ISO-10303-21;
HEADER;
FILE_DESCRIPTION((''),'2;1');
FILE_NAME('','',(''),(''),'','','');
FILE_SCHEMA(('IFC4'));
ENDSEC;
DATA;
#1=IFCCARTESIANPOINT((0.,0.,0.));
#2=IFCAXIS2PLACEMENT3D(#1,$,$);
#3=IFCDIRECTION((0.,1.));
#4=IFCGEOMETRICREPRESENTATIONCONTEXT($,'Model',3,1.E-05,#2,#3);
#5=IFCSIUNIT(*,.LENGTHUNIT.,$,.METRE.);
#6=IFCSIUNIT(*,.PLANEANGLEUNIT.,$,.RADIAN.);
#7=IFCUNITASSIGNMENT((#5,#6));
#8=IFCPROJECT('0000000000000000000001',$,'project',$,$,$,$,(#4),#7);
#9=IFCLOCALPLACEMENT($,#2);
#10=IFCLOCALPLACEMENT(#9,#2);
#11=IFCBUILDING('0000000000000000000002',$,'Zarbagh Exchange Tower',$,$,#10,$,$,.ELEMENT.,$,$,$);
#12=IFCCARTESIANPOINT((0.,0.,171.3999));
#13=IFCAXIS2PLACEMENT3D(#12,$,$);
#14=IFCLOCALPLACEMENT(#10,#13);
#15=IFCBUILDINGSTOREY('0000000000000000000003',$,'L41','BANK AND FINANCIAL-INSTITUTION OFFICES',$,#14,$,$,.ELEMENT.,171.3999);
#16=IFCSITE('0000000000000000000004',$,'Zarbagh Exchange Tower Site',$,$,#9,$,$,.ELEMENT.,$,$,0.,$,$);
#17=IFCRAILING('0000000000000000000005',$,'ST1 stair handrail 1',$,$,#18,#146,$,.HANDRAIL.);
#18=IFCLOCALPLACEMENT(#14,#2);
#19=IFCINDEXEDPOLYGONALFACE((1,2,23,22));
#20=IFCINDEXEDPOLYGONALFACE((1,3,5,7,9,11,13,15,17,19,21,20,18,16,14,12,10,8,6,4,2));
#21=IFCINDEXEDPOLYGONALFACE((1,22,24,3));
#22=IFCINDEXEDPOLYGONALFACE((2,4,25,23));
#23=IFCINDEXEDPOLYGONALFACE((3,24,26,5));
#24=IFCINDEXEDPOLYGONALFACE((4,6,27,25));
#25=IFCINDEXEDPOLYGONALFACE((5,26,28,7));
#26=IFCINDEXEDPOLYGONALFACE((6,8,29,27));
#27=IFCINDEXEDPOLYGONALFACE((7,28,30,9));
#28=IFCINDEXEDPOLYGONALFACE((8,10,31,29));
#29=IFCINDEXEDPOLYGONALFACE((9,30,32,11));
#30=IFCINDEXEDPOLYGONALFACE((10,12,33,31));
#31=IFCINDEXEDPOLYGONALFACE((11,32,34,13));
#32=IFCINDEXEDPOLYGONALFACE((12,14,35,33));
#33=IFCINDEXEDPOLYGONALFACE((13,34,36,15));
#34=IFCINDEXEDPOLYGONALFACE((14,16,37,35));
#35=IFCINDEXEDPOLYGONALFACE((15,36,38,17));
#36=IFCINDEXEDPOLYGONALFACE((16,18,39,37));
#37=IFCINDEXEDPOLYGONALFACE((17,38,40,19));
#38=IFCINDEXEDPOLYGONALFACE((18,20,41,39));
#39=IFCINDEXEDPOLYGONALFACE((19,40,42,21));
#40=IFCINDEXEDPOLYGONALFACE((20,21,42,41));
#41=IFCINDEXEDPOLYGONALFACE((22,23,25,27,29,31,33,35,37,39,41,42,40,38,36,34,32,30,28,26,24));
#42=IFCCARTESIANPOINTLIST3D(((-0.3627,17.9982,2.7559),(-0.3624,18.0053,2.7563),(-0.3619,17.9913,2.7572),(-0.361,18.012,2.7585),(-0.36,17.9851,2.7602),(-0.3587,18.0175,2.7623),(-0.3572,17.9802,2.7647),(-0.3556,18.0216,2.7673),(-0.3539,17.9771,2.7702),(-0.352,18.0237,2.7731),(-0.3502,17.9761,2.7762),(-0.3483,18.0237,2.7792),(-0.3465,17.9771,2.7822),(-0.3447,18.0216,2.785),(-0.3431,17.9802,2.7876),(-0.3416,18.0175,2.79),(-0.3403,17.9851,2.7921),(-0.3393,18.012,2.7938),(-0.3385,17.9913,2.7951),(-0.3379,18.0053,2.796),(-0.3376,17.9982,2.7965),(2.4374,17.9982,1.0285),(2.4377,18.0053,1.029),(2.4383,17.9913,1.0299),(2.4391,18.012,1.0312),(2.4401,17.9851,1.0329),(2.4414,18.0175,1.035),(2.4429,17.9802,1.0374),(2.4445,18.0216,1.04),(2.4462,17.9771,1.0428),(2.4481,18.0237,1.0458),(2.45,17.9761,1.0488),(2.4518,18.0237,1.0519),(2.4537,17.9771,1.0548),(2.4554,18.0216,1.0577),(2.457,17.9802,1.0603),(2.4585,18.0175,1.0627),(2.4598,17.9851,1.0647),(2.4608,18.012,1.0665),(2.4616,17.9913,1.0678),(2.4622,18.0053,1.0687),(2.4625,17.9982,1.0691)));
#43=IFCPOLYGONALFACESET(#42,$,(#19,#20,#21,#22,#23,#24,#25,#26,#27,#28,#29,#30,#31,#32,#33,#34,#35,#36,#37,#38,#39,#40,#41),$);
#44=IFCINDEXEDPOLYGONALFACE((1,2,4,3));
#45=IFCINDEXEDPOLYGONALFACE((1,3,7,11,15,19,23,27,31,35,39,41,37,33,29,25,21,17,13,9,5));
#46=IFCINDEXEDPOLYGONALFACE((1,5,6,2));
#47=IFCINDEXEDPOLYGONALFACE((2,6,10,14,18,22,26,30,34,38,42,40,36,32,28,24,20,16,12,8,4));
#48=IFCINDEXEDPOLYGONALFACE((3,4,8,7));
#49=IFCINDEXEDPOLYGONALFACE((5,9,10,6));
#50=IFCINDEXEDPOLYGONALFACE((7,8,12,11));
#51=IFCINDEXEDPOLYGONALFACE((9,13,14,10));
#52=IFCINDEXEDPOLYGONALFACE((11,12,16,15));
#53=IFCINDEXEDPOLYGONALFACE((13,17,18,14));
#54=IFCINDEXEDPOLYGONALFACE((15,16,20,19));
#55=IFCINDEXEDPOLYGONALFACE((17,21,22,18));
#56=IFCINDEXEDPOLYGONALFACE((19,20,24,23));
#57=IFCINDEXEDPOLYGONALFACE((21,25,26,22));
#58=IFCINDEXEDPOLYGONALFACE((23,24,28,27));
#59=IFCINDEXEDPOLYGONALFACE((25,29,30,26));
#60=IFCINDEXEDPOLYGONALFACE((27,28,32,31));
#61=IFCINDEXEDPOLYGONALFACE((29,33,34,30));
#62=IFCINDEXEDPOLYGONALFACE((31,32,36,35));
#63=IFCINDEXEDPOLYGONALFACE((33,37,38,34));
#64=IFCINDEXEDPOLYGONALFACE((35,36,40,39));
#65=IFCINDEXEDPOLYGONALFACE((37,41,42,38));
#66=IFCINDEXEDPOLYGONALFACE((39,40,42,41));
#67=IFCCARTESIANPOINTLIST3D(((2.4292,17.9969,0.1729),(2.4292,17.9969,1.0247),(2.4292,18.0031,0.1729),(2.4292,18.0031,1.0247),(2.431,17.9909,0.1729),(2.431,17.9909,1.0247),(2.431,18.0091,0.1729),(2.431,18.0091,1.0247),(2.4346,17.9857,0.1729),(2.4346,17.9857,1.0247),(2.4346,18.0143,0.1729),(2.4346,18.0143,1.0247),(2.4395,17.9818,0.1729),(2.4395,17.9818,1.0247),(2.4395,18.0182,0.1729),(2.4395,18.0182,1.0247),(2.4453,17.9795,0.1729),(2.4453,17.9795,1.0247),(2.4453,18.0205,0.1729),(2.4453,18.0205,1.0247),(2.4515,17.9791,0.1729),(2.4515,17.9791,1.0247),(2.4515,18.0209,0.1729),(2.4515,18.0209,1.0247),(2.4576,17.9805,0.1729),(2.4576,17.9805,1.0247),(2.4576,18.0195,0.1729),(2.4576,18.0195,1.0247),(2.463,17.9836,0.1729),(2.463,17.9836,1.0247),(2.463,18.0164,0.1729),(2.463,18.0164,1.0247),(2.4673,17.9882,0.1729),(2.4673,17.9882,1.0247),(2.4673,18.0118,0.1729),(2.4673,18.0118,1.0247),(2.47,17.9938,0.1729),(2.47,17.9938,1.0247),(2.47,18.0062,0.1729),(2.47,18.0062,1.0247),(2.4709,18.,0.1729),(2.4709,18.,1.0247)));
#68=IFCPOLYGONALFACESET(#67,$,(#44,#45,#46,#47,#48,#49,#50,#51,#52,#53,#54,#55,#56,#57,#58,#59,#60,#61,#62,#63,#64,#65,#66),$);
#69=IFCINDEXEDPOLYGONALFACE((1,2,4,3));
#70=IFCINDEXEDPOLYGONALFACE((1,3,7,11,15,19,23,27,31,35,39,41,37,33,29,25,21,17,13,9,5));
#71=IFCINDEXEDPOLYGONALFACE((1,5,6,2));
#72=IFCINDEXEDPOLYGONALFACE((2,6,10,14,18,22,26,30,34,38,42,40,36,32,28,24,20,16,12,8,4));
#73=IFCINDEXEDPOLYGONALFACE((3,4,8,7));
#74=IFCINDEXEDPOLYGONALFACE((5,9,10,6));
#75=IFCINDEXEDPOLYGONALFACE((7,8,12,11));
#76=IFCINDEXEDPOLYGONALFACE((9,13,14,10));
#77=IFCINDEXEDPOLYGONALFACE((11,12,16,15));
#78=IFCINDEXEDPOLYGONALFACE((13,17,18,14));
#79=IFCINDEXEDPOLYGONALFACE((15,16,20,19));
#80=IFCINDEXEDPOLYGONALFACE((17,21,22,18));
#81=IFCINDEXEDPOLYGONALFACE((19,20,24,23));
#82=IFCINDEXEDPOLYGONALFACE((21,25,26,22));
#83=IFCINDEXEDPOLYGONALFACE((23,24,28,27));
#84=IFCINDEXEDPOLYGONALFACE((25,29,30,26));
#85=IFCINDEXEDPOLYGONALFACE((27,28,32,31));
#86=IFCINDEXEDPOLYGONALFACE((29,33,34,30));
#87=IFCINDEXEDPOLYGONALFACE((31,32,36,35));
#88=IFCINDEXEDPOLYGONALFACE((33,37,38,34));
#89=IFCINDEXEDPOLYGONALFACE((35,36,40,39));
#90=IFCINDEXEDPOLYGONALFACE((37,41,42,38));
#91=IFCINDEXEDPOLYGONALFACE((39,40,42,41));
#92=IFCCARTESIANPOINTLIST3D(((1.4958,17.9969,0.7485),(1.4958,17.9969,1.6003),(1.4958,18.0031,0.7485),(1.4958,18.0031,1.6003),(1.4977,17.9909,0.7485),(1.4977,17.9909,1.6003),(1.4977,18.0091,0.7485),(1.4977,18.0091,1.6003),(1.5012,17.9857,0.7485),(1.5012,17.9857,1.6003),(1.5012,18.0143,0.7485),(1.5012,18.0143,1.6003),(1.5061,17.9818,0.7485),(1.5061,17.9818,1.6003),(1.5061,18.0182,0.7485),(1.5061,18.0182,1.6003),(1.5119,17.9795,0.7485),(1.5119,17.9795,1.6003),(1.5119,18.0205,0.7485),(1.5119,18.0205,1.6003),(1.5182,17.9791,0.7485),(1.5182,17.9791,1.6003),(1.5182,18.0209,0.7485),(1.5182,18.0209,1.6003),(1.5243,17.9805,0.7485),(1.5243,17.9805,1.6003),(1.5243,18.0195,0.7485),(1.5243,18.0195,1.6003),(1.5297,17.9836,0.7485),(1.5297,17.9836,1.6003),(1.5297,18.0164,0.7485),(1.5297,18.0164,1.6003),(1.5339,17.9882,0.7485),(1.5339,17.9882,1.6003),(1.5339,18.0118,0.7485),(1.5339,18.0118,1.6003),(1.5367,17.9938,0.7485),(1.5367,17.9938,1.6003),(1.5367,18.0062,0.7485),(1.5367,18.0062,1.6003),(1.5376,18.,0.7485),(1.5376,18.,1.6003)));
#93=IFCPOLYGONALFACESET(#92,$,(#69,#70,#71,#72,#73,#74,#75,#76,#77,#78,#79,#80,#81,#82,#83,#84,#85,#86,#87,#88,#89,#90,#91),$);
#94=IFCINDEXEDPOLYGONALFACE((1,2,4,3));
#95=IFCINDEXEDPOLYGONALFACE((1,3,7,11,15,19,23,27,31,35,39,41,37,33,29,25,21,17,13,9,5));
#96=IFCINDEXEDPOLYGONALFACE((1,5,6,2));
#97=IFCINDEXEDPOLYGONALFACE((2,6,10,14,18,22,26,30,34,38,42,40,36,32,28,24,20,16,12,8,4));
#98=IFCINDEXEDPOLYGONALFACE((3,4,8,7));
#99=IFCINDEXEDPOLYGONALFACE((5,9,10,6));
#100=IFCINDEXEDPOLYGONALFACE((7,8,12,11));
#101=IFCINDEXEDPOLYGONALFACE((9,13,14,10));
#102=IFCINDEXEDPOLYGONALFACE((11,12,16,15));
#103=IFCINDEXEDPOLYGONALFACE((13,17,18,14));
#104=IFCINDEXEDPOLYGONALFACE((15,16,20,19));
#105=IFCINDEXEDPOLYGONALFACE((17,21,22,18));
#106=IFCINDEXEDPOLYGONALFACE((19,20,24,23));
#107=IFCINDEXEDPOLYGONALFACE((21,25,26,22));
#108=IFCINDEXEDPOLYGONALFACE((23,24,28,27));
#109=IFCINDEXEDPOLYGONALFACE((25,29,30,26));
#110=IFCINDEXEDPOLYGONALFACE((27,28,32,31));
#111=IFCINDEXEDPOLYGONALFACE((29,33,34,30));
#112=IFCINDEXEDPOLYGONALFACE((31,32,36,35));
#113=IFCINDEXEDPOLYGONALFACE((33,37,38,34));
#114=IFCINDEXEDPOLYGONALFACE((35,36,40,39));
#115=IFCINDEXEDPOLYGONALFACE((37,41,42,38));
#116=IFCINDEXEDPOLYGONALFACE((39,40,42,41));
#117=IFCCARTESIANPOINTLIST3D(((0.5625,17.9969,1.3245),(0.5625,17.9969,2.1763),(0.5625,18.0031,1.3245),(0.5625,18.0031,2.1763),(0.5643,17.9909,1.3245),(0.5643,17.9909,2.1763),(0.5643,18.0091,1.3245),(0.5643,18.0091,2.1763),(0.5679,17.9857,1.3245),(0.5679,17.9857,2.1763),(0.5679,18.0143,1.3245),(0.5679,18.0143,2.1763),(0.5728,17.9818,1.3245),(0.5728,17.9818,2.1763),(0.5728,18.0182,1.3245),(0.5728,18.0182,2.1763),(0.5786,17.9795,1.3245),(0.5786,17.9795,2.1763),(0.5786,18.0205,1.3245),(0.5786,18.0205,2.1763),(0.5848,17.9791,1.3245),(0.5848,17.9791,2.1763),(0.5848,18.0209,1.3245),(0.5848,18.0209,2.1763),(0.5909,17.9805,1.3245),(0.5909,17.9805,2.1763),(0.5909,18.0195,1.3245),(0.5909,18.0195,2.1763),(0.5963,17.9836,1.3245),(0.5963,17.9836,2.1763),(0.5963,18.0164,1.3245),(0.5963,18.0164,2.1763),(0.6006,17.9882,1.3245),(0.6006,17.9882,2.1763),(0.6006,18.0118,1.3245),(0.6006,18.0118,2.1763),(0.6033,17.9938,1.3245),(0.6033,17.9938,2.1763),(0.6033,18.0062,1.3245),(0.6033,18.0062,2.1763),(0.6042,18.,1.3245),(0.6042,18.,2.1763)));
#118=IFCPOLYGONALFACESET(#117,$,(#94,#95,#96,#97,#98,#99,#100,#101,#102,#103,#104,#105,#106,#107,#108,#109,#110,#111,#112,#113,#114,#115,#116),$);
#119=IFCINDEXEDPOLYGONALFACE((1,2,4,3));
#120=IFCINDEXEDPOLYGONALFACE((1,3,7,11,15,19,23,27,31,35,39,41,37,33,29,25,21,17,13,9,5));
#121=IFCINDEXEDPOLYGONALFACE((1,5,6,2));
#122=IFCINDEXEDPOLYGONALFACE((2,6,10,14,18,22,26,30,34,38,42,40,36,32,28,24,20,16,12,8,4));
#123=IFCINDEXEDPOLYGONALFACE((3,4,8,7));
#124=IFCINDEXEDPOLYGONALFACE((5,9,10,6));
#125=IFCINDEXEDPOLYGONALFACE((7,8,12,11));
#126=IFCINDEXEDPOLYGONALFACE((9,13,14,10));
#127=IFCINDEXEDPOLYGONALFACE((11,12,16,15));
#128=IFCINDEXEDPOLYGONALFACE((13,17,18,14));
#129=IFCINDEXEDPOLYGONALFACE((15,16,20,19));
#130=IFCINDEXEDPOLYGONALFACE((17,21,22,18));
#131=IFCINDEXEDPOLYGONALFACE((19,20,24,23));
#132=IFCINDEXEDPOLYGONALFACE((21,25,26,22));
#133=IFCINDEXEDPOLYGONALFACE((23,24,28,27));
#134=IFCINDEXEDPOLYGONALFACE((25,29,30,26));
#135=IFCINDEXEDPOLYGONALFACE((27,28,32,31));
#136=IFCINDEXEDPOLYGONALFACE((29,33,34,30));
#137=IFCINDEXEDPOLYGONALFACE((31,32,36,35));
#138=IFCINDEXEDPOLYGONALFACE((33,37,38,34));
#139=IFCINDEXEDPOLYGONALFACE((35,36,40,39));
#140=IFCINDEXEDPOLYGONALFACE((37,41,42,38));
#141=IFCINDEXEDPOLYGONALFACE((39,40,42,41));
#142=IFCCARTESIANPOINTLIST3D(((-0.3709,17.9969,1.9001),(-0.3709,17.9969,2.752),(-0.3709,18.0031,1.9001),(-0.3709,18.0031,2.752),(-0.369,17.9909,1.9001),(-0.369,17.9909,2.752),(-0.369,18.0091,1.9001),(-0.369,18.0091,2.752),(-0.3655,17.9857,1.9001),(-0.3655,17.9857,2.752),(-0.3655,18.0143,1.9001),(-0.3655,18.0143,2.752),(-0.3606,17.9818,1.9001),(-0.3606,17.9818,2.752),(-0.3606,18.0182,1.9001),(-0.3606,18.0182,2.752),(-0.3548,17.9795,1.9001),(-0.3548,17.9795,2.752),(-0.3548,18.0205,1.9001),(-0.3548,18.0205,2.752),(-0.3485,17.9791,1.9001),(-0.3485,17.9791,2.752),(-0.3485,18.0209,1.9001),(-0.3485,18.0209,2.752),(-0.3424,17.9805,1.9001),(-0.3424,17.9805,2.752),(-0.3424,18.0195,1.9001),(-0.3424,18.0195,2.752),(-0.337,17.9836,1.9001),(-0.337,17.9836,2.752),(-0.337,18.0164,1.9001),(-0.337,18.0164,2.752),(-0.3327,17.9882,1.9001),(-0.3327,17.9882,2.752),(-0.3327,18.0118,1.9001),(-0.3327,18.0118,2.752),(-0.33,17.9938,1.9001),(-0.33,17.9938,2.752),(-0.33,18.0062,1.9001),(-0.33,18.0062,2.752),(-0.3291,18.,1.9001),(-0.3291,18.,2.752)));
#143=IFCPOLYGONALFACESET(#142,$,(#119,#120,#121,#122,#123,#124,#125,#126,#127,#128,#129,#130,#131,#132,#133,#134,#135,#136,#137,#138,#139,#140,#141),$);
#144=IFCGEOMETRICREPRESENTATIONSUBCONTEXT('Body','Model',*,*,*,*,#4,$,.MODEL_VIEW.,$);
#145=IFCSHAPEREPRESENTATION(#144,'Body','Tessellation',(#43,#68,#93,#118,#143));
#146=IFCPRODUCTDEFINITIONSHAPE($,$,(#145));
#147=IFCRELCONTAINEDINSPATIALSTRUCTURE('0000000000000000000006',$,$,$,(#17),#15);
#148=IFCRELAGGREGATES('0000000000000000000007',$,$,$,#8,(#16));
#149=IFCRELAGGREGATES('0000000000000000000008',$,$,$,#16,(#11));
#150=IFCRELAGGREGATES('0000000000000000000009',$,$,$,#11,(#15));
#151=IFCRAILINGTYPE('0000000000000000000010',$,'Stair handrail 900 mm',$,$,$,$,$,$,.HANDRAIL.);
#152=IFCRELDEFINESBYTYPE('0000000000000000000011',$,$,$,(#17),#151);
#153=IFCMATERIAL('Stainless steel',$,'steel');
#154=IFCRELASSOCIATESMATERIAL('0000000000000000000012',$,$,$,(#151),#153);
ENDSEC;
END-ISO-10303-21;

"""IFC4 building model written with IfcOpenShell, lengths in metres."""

from ifc_helpers import new_model, si_unit, direction, frame, origin, origin_2d, place, context, subcontext, project, spatial, circle, extrude, material, type_object, element, save


model = new_model("IFC4")

# Units and contexts
model_context = context("Model", 3, precision=1e-05, world=origin(), true_north=direction((0.0, 1.0)))
body_context = subcontext(model_context, "Body", "Model", "MODEL_VIEW")
ifc_project = project(units=[si_unit("LENGTHUNIT", "METRE"), si_unit("PLANEANGLEUNIT", "RADIAN")], contexts=[model_context])

# Site, building, storey
site_placement = place(None, origin())
site = spatial("IfcSite", under=ifc_project, at=site_placement, Name="Zarbagh Exchange Tower Site", CompositionType="ELEMENT", RefElevation=0.0)
building_placement = place(site_placement, origin())
building = spatial("IfcBuilding", under=site, at=building_placement, Name="Zarbagh Exchange Tower", CompositionType="ELEMENT")
storey_placement = place(building_placement, frame((0.0, 0.0, 171.3999)))
storey = spatial("IfcBuildingStorey", under=building, at=storey_placement, Name="L41", Description="BANK AND FINANCIAL-INSTITUTION OFFICES", CompositionType="ELEMENT", Elevation=171.3999)

# Shared definitions
ifc_material_1 = material(Name="Stainless steel", Category="steel")

# Railing
railing_type_1 = type_object("IfcRailingType", Name="Stair handrail 900 mm", PredefinedType="HANDRAIL", material=ifc_material_1)
railing_1_placement = place(storey_placement, frame((2.45, 18.0, 0.1729)))
element("IfcRailing", 1, at=railing_1_placement, inside=storey, type_object=railing_type_1, Name="ST1 stair handrail 1", PredefinedType="HANDRAIL", context=body_context, shape_type="SweptSolid", body=[
    extrude(circle(Radius=0.0239, at=origin_2d()), frame((0.0, 0.0, 0.876), z_axis=(-0.85109, 0.0, 0.52502), x_axis=(0.0, -1.0, 0.0)), (0.0, 0.0, 1.0), 3.29),
    extrude(circle(Radius=0.021, at=origin_2d()), origin(), (0.0, 0.0, 1.0), 0.8518),
    extrude(circle(Radius=0.021, at=origin_2d()), frame((-0.9333, 0.0, 0.5757)), (0.0, 0.0, 1.0), 0.8518),
    extrude(circle(Radius=0.021, at=origin_2d()), frame((-1.8667, 0.0, 1.1516)), (0.0, 0.0, 1.0), 0.8518),
    extrude(circle(Radius=0.021, at=origin_2d()), frame((-2.8, 0.0, 1.7273)), (0.0, 0.0, 1.0), 0.8518),
])

save(model, "model.ifc")
